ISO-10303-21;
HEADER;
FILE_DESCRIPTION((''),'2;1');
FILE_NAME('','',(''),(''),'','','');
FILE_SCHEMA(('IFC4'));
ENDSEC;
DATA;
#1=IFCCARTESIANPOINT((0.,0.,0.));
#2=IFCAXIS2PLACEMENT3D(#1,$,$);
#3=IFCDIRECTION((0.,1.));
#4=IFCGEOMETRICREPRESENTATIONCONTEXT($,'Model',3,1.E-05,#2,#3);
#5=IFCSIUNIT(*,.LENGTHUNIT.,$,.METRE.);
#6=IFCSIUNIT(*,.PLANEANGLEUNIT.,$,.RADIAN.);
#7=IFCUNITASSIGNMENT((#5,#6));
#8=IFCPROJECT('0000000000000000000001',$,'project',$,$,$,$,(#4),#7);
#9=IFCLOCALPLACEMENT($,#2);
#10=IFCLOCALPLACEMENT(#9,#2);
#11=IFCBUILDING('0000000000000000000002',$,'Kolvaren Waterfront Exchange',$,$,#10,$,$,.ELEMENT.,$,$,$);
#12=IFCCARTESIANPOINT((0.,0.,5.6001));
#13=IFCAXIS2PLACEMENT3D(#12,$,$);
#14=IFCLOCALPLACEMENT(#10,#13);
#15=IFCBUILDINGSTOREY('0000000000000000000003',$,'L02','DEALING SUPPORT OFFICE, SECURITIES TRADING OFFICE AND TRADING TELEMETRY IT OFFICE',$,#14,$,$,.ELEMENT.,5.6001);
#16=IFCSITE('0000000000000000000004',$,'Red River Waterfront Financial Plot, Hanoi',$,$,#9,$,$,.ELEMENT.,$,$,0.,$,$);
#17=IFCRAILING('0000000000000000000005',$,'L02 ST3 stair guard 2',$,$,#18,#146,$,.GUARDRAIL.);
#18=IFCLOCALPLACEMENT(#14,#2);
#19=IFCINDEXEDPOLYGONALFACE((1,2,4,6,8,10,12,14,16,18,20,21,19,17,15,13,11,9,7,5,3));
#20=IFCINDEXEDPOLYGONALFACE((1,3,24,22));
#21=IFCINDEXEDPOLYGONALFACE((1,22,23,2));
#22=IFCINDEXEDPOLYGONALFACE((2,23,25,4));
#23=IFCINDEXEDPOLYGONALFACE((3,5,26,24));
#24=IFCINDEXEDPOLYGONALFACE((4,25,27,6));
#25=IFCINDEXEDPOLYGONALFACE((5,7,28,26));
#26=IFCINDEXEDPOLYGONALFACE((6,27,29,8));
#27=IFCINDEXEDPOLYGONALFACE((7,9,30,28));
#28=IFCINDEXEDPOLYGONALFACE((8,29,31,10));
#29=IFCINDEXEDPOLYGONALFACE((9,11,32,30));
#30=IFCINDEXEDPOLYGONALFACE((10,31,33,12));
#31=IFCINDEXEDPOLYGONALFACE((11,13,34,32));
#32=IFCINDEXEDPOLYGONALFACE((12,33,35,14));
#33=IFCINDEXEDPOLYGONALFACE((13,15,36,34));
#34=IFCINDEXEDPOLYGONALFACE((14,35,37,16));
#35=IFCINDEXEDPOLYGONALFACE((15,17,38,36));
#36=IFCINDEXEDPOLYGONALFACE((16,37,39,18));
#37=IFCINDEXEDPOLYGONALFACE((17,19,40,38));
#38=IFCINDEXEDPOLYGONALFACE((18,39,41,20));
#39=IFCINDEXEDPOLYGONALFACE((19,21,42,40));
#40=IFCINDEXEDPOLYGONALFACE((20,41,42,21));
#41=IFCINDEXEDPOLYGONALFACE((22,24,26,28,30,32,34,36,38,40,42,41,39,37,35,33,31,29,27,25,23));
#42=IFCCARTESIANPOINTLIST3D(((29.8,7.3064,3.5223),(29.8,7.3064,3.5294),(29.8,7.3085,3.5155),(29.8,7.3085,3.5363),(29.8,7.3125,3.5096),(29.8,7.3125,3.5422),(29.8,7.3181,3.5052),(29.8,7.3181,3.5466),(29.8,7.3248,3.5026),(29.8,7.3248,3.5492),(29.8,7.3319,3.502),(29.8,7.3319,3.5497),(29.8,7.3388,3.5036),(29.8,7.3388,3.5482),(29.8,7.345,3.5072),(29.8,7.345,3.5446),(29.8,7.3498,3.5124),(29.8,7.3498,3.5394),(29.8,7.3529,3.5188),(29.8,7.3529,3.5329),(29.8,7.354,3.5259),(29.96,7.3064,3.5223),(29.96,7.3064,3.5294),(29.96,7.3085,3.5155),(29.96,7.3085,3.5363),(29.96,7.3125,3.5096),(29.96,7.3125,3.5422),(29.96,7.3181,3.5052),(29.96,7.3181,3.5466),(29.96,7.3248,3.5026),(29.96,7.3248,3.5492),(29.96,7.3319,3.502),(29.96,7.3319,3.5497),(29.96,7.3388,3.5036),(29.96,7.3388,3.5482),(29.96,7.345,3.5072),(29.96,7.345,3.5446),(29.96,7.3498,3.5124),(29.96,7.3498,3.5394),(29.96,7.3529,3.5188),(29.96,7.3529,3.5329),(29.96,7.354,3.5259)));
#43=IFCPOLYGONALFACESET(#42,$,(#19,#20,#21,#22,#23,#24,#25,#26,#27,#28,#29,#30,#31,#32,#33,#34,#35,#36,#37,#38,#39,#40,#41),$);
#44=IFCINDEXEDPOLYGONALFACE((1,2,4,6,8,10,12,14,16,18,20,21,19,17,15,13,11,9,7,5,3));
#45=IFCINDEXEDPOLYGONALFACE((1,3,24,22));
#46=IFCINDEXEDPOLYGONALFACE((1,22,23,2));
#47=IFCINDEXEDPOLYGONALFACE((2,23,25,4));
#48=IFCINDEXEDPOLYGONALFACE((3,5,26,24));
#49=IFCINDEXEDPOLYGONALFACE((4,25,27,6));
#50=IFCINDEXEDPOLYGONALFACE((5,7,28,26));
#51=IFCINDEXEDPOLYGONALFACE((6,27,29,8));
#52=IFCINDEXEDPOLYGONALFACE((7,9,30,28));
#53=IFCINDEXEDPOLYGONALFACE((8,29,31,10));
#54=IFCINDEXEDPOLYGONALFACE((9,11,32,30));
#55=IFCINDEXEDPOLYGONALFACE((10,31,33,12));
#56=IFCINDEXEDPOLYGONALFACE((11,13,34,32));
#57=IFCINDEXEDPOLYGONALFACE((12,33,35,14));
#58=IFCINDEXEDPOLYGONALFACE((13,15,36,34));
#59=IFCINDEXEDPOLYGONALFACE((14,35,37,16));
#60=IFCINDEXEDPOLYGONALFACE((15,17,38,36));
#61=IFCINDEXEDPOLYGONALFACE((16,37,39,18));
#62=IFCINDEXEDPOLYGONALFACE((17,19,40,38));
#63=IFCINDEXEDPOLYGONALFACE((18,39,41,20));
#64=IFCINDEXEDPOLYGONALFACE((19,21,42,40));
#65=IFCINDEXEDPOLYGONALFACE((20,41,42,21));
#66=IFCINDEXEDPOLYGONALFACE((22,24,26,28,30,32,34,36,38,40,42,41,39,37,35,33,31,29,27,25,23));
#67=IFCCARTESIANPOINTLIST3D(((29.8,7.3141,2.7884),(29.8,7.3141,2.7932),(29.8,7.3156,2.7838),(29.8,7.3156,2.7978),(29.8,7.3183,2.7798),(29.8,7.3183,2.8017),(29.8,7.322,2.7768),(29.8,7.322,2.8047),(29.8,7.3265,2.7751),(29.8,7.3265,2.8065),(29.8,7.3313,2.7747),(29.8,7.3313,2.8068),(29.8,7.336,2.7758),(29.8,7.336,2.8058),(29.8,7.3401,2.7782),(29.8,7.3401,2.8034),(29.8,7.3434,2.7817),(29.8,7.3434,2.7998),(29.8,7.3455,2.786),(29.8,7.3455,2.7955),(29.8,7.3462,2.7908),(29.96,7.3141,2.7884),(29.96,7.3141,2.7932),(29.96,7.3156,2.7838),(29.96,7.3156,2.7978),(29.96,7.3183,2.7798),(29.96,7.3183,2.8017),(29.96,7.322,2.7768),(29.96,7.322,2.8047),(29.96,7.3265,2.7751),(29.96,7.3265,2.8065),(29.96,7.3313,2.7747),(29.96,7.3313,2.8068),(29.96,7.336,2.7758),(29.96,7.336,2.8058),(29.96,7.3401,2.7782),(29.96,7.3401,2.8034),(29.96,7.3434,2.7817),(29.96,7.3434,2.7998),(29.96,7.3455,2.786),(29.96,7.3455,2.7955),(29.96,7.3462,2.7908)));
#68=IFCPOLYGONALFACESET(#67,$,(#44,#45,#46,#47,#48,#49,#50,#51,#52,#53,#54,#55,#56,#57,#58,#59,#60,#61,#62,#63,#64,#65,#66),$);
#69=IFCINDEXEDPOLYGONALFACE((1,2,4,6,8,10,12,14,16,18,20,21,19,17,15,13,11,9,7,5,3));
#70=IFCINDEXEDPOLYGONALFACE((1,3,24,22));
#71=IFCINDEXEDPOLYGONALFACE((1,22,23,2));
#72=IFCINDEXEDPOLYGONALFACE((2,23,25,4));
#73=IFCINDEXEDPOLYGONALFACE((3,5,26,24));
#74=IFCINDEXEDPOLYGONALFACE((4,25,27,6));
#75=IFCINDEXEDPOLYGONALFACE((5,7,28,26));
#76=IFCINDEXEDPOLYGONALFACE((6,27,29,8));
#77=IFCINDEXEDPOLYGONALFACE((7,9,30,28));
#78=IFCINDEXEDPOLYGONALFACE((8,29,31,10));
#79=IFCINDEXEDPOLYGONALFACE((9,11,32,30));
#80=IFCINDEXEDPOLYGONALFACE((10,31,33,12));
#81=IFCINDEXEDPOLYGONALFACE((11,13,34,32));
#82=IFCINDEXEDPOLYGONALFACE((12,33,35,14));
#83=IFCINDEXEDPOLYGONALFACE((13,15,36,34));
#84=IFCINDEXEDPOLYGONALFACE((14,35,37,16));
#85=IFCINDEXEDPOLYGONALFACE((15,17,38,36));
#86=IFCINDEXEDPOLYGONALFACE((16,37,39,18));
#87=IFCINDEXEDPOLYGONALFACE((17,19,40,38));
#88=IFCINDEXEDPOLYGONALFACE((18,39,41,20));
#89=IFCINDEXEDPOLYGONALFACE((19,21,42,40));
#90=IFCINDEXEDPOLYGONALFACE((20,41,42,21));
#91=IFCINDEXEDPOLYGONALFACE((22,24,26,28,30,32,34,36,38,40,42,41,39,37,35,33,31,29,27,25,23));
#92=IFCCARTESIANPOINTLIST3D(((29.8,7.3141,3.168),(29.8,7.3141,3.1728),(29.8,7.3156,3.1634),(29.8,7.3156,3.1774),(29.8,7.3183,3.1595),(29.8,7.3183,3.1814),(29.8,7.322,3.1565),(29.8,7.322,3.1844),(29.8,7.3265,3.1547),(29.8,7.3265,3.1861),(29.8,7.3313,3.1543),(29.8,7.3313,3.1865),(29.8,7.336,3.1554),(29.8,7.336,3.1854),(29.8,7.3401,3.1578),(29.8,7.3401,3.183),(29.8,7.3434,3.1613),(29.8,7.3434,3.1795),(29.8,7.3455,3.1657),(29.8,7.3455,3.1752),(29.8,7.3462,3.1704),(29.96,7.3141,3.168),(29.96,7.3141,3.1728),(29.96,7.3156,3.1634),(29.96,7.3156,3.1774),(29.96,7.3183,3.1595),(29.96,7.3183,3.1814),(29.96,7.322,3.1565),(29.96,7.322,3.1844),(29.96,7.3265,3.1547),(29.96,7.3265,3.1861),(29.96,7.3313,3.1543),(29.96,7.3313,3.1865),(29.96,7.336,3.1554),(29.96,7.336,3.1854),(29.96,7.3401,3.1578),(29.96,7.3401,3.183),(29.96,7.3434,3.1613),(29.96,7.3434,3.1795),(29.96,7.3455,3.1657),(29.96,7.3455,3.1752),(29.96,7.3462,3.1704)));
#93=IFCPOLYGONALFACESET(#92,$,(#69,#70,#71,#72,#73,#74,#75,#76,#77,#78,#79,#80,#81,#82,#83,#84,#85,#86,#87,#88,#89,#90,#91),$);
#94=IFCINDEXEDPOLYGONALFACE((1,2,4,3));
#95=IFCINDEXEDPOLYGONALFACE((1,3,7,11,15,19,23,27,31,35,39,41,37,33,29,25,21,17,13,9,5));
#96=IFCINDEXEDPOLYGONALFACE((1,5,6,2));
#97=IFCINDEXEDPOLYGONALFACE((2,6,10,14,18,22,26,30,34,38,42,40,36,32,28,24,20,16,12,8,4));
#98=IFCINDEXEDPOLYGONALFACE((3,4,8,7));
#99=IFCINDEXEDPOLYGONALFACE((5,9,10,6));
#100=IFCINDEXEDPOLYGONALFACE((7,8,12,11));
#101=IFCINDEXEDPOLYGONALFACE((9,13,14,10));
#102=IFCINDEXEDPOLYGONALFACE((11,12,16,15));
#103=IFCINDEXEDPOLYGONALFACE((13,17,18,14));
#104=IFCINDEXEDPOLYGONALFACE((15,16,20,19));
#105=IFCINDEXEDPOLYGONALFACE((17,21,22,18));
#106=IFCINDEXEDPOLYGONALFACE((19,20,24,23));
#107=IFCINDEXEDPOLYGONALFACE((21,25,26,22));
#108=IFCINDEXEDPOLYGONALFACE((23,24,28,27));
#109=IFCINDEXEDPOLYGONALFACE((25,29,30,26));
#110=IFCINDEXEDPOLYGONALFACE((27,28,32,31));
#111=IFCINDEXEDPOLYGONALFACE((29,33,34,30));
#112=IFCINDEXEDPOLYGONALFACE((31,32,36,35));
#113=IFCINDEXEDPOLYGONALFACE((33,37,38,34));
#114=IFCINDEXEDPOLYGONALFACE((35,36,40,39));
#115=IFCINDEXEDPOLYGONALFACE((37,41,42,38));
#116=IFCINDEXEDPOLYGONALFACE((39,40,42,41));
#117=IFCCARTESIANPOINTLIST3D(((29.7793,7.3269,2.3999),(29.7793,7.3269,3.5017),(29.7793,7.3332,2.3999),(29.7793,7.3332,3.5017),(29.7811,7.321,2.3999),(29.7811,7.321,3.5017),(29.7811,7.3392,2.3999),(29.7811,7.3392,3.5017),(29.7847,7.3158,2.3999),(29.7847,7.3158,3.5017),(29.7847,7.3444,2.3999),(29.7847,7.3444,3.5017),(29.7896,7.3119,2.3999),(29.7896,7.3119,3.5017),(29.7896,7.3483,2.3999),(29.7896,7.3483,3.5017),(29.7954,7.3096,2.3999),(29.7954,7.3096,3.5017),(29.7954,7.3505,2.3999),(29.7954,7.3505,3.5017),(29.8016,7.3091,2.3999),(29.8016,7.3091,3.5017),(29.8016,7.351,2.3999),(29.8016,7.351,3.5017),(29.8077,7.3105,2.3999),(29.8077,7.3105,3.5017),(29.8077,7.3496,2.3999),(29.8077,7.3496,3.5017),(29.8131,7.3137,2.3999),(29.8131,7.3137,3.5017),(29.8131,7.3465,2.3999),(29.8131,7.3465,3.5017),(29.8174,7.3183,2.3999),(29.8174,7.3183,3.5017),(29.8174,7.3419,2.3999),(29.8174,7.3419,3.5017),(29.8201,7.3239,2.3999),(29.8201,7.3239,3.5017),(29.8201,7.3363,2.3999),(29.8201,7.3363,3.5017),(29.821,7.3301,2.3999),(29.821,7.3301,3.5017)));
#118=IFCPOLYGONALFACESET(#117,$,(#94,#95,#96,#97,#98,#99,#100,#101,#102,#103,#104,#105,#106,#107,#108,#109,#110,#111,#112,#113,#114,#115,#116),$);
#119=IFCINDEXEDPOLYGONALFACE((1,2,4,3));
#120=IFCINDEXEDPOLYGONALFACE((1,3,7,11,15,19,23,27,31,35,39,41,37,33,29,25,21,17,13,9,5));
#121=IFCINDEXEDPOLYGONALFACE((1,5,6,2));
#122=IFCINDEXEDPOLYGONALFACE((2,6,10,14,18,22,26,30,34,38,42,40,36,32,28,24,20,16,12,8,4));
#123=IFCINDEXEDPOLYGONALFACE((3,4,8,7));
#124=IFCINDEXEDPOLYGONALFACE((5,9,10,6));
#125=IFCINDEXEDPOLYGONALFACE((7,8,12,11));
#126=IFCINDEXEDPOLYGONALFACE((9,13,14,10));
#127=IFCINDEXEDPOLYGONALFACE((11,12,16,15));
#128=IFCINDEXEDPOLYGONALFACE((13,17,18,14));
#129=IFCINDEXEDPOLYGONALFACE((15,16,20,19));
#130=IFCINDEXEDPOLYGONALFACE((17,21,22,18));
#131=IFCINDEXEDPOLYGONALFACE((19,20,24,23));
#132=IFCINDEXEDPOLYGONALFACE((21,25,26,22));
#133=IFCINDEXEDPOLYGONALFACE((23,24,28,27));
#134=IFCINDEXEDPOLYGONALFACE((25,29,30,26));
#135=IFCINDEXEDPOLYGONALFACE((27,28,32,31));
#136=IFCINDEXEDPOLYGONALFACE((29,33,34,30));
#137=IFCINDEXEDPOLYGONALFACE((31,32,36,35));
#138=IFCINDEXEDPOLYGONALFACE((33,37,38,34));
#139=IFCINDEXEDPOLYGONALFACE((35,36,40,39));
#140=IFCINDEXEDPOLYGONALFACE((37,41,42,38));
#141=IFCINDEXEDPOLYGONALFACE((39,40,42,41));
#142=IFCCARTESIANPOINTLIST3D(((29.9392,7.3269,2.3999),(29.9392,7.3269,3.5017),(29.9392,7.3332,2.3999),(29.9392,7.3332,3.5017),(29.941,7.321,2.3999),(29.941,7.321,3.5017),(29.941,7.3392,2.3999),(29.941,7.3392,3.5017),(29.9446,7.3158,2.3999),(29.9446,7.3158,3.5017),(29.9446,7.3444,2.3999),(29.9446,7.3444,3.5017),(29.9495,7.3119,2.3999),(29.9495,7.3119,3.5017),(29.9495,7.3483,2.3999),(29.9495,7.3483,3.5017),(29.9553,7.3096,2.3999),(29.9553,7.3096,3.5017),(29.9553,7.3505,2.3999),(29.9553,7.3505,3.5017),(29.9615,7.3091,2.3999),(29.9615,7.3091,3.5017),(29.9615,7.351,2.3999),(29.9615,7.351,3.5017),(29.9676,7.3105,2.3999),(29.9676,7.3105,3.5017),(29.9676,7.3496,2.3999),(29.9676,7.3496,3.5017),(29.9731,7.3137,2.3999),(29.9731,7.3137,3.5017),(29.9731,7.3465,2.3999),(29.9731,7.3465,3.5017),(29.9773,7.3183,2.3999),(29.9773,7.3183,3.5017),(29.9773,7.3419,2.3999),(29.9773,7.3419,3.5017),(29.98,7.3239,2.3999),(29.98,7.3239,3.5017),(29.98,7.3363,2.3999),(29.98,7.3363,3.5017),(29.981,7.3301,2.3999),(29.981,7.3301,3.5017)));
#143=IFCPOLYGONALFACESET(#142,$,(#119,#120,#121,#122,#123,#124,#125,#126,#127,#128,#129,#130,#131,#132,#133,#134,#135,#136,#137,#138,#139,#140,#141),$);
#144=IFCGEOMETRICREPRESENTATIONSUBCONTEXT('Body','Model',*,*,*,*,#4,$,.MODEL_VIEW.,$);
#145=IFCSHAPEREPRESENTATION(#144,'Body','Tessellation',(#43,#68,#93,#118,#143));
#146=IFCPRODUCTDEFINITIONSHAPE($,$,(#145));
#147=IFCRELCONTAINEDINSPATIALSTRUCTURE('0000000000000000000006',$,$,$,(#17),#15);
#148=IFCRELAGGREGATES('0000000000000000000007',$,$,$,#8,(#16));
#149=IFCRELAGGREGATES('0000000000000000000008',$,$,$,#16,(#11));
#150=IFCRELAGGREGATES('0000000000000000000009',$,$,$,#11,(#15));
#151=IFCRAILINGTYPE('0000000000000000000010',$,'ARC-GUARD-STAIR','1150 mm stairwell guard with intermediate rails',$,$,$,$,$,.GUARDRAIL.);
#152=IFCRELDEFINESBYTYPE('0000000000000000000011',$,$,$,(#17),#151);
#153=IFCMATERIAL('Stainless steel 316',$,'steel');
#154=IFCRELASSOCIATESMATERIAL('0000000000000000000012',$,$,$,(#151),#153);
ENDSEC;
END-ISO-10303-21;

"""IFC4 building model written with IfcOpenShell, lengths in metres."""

from ifc_helpers import new_model, si_unit, direction, frame, origin, origin_2d, place, context, subcontext, project, spatial, circle, extrude, material, type_object, element, save


model = new_model("IFC4")

# Units and contexts
model_context = context("Model", 3, precision=1e-05, world=origin(), true_north=direction((0.0, 1.0)))
body_context = subcontext(model_context, "Body", "Model", "MODEL_VIEW")
ifc_project = project(units=[si_unit("LENGTHUNIT", "METRE"), si_unit("PLANEANGLEUNIT", "RADIAN")], contexts=[model_context])

# Site, building, storey
site_placement = place(None, origin())
site = spatial("IfcSite", under=ifc_project, at=site_placement, Name="Red River Waterfront Financial Plot, Hanoi", CompositionType="ELEMENT", RefElevation=0.0)
building_placement = place(site_placement, origin())
building = spatial("IfcBuilding", under=site, at=building_placement, Name="Kolvaren Waterfront Exchange", CompositionType="ELEMENT")
storey_placement = place(building_placement, frame((0.0, 0.0, 5.6001)))
storey = spatial("IfcBuildingStorey", under=building, at=storey_placement, Name="L02", Description="DEALING SUPPORT OFFICE, SECURITIES TRADING OFFICE AND TRADING TELEMETRY IT OFFICE", CompositionType="ELEMENT", Elevation=5.6001)

# Railing
ifc_material_1 = material(Name="Stainless steel 316", Category="steel")
railing_type_1 = type_object("IfcRailingType", Name="ARC-GUARD-STAIR", Description="1150 mm stairwell guard with intermediate rails", PredefinedType="GUARDRAIL", material=ifc_material_1)
railing_1_placement = place(storey_placement, frame((29.8, 7.3301, 2.3999)))
element("IfcRailing", 1, at=railing_1_placement, inside=storey, type_object=railing_type_1, Name="L02 ST3 stair guard 2", PredefinedType="GUARDRAIL", context=body_context, shape_type="SweptSolid", body=[
    extrude(circle(Radius=0.0239, at=origin_2d()), frame((0.0, 0.0, 1.126), z_axis=(1.0, 0.0, 0.0), x_axis=(0.0, 1.0, 0.0)), (0.0, 0.0, 1.0), 0.1599),
    extrude(circle(Radius=0.0161, at=origin_2d()), frame((0.0, 0.0, 0.3909), z_axis=(1.0, 0.0, 0.0), x_axis=(0.0, 1.0, 0.0)), (0.0, 0.0, 1.0), 0.1599),
    extrude(circle(Radius=0.0161, at=origin_2d()), frame((0.0, 0.0, 0.7705), z_axis=(1.0, 0.0, 0.0), x_axis=(0.0, 1.0, 0.0)), (0.0, 0.0, 1.0), 0.1599),
    extrude(circle(Radius=0.021, at=origin_2d()), origin(), (0.0, 0.0, 1.0), 1.1018),
    extrude(circle(Radius=0.021, at=origin_2d()), frame((0.1599, 0.0, 0.0)), (0.0, 0.0, 1.0), 1.1018),
])

save(model, "model.ifc")
